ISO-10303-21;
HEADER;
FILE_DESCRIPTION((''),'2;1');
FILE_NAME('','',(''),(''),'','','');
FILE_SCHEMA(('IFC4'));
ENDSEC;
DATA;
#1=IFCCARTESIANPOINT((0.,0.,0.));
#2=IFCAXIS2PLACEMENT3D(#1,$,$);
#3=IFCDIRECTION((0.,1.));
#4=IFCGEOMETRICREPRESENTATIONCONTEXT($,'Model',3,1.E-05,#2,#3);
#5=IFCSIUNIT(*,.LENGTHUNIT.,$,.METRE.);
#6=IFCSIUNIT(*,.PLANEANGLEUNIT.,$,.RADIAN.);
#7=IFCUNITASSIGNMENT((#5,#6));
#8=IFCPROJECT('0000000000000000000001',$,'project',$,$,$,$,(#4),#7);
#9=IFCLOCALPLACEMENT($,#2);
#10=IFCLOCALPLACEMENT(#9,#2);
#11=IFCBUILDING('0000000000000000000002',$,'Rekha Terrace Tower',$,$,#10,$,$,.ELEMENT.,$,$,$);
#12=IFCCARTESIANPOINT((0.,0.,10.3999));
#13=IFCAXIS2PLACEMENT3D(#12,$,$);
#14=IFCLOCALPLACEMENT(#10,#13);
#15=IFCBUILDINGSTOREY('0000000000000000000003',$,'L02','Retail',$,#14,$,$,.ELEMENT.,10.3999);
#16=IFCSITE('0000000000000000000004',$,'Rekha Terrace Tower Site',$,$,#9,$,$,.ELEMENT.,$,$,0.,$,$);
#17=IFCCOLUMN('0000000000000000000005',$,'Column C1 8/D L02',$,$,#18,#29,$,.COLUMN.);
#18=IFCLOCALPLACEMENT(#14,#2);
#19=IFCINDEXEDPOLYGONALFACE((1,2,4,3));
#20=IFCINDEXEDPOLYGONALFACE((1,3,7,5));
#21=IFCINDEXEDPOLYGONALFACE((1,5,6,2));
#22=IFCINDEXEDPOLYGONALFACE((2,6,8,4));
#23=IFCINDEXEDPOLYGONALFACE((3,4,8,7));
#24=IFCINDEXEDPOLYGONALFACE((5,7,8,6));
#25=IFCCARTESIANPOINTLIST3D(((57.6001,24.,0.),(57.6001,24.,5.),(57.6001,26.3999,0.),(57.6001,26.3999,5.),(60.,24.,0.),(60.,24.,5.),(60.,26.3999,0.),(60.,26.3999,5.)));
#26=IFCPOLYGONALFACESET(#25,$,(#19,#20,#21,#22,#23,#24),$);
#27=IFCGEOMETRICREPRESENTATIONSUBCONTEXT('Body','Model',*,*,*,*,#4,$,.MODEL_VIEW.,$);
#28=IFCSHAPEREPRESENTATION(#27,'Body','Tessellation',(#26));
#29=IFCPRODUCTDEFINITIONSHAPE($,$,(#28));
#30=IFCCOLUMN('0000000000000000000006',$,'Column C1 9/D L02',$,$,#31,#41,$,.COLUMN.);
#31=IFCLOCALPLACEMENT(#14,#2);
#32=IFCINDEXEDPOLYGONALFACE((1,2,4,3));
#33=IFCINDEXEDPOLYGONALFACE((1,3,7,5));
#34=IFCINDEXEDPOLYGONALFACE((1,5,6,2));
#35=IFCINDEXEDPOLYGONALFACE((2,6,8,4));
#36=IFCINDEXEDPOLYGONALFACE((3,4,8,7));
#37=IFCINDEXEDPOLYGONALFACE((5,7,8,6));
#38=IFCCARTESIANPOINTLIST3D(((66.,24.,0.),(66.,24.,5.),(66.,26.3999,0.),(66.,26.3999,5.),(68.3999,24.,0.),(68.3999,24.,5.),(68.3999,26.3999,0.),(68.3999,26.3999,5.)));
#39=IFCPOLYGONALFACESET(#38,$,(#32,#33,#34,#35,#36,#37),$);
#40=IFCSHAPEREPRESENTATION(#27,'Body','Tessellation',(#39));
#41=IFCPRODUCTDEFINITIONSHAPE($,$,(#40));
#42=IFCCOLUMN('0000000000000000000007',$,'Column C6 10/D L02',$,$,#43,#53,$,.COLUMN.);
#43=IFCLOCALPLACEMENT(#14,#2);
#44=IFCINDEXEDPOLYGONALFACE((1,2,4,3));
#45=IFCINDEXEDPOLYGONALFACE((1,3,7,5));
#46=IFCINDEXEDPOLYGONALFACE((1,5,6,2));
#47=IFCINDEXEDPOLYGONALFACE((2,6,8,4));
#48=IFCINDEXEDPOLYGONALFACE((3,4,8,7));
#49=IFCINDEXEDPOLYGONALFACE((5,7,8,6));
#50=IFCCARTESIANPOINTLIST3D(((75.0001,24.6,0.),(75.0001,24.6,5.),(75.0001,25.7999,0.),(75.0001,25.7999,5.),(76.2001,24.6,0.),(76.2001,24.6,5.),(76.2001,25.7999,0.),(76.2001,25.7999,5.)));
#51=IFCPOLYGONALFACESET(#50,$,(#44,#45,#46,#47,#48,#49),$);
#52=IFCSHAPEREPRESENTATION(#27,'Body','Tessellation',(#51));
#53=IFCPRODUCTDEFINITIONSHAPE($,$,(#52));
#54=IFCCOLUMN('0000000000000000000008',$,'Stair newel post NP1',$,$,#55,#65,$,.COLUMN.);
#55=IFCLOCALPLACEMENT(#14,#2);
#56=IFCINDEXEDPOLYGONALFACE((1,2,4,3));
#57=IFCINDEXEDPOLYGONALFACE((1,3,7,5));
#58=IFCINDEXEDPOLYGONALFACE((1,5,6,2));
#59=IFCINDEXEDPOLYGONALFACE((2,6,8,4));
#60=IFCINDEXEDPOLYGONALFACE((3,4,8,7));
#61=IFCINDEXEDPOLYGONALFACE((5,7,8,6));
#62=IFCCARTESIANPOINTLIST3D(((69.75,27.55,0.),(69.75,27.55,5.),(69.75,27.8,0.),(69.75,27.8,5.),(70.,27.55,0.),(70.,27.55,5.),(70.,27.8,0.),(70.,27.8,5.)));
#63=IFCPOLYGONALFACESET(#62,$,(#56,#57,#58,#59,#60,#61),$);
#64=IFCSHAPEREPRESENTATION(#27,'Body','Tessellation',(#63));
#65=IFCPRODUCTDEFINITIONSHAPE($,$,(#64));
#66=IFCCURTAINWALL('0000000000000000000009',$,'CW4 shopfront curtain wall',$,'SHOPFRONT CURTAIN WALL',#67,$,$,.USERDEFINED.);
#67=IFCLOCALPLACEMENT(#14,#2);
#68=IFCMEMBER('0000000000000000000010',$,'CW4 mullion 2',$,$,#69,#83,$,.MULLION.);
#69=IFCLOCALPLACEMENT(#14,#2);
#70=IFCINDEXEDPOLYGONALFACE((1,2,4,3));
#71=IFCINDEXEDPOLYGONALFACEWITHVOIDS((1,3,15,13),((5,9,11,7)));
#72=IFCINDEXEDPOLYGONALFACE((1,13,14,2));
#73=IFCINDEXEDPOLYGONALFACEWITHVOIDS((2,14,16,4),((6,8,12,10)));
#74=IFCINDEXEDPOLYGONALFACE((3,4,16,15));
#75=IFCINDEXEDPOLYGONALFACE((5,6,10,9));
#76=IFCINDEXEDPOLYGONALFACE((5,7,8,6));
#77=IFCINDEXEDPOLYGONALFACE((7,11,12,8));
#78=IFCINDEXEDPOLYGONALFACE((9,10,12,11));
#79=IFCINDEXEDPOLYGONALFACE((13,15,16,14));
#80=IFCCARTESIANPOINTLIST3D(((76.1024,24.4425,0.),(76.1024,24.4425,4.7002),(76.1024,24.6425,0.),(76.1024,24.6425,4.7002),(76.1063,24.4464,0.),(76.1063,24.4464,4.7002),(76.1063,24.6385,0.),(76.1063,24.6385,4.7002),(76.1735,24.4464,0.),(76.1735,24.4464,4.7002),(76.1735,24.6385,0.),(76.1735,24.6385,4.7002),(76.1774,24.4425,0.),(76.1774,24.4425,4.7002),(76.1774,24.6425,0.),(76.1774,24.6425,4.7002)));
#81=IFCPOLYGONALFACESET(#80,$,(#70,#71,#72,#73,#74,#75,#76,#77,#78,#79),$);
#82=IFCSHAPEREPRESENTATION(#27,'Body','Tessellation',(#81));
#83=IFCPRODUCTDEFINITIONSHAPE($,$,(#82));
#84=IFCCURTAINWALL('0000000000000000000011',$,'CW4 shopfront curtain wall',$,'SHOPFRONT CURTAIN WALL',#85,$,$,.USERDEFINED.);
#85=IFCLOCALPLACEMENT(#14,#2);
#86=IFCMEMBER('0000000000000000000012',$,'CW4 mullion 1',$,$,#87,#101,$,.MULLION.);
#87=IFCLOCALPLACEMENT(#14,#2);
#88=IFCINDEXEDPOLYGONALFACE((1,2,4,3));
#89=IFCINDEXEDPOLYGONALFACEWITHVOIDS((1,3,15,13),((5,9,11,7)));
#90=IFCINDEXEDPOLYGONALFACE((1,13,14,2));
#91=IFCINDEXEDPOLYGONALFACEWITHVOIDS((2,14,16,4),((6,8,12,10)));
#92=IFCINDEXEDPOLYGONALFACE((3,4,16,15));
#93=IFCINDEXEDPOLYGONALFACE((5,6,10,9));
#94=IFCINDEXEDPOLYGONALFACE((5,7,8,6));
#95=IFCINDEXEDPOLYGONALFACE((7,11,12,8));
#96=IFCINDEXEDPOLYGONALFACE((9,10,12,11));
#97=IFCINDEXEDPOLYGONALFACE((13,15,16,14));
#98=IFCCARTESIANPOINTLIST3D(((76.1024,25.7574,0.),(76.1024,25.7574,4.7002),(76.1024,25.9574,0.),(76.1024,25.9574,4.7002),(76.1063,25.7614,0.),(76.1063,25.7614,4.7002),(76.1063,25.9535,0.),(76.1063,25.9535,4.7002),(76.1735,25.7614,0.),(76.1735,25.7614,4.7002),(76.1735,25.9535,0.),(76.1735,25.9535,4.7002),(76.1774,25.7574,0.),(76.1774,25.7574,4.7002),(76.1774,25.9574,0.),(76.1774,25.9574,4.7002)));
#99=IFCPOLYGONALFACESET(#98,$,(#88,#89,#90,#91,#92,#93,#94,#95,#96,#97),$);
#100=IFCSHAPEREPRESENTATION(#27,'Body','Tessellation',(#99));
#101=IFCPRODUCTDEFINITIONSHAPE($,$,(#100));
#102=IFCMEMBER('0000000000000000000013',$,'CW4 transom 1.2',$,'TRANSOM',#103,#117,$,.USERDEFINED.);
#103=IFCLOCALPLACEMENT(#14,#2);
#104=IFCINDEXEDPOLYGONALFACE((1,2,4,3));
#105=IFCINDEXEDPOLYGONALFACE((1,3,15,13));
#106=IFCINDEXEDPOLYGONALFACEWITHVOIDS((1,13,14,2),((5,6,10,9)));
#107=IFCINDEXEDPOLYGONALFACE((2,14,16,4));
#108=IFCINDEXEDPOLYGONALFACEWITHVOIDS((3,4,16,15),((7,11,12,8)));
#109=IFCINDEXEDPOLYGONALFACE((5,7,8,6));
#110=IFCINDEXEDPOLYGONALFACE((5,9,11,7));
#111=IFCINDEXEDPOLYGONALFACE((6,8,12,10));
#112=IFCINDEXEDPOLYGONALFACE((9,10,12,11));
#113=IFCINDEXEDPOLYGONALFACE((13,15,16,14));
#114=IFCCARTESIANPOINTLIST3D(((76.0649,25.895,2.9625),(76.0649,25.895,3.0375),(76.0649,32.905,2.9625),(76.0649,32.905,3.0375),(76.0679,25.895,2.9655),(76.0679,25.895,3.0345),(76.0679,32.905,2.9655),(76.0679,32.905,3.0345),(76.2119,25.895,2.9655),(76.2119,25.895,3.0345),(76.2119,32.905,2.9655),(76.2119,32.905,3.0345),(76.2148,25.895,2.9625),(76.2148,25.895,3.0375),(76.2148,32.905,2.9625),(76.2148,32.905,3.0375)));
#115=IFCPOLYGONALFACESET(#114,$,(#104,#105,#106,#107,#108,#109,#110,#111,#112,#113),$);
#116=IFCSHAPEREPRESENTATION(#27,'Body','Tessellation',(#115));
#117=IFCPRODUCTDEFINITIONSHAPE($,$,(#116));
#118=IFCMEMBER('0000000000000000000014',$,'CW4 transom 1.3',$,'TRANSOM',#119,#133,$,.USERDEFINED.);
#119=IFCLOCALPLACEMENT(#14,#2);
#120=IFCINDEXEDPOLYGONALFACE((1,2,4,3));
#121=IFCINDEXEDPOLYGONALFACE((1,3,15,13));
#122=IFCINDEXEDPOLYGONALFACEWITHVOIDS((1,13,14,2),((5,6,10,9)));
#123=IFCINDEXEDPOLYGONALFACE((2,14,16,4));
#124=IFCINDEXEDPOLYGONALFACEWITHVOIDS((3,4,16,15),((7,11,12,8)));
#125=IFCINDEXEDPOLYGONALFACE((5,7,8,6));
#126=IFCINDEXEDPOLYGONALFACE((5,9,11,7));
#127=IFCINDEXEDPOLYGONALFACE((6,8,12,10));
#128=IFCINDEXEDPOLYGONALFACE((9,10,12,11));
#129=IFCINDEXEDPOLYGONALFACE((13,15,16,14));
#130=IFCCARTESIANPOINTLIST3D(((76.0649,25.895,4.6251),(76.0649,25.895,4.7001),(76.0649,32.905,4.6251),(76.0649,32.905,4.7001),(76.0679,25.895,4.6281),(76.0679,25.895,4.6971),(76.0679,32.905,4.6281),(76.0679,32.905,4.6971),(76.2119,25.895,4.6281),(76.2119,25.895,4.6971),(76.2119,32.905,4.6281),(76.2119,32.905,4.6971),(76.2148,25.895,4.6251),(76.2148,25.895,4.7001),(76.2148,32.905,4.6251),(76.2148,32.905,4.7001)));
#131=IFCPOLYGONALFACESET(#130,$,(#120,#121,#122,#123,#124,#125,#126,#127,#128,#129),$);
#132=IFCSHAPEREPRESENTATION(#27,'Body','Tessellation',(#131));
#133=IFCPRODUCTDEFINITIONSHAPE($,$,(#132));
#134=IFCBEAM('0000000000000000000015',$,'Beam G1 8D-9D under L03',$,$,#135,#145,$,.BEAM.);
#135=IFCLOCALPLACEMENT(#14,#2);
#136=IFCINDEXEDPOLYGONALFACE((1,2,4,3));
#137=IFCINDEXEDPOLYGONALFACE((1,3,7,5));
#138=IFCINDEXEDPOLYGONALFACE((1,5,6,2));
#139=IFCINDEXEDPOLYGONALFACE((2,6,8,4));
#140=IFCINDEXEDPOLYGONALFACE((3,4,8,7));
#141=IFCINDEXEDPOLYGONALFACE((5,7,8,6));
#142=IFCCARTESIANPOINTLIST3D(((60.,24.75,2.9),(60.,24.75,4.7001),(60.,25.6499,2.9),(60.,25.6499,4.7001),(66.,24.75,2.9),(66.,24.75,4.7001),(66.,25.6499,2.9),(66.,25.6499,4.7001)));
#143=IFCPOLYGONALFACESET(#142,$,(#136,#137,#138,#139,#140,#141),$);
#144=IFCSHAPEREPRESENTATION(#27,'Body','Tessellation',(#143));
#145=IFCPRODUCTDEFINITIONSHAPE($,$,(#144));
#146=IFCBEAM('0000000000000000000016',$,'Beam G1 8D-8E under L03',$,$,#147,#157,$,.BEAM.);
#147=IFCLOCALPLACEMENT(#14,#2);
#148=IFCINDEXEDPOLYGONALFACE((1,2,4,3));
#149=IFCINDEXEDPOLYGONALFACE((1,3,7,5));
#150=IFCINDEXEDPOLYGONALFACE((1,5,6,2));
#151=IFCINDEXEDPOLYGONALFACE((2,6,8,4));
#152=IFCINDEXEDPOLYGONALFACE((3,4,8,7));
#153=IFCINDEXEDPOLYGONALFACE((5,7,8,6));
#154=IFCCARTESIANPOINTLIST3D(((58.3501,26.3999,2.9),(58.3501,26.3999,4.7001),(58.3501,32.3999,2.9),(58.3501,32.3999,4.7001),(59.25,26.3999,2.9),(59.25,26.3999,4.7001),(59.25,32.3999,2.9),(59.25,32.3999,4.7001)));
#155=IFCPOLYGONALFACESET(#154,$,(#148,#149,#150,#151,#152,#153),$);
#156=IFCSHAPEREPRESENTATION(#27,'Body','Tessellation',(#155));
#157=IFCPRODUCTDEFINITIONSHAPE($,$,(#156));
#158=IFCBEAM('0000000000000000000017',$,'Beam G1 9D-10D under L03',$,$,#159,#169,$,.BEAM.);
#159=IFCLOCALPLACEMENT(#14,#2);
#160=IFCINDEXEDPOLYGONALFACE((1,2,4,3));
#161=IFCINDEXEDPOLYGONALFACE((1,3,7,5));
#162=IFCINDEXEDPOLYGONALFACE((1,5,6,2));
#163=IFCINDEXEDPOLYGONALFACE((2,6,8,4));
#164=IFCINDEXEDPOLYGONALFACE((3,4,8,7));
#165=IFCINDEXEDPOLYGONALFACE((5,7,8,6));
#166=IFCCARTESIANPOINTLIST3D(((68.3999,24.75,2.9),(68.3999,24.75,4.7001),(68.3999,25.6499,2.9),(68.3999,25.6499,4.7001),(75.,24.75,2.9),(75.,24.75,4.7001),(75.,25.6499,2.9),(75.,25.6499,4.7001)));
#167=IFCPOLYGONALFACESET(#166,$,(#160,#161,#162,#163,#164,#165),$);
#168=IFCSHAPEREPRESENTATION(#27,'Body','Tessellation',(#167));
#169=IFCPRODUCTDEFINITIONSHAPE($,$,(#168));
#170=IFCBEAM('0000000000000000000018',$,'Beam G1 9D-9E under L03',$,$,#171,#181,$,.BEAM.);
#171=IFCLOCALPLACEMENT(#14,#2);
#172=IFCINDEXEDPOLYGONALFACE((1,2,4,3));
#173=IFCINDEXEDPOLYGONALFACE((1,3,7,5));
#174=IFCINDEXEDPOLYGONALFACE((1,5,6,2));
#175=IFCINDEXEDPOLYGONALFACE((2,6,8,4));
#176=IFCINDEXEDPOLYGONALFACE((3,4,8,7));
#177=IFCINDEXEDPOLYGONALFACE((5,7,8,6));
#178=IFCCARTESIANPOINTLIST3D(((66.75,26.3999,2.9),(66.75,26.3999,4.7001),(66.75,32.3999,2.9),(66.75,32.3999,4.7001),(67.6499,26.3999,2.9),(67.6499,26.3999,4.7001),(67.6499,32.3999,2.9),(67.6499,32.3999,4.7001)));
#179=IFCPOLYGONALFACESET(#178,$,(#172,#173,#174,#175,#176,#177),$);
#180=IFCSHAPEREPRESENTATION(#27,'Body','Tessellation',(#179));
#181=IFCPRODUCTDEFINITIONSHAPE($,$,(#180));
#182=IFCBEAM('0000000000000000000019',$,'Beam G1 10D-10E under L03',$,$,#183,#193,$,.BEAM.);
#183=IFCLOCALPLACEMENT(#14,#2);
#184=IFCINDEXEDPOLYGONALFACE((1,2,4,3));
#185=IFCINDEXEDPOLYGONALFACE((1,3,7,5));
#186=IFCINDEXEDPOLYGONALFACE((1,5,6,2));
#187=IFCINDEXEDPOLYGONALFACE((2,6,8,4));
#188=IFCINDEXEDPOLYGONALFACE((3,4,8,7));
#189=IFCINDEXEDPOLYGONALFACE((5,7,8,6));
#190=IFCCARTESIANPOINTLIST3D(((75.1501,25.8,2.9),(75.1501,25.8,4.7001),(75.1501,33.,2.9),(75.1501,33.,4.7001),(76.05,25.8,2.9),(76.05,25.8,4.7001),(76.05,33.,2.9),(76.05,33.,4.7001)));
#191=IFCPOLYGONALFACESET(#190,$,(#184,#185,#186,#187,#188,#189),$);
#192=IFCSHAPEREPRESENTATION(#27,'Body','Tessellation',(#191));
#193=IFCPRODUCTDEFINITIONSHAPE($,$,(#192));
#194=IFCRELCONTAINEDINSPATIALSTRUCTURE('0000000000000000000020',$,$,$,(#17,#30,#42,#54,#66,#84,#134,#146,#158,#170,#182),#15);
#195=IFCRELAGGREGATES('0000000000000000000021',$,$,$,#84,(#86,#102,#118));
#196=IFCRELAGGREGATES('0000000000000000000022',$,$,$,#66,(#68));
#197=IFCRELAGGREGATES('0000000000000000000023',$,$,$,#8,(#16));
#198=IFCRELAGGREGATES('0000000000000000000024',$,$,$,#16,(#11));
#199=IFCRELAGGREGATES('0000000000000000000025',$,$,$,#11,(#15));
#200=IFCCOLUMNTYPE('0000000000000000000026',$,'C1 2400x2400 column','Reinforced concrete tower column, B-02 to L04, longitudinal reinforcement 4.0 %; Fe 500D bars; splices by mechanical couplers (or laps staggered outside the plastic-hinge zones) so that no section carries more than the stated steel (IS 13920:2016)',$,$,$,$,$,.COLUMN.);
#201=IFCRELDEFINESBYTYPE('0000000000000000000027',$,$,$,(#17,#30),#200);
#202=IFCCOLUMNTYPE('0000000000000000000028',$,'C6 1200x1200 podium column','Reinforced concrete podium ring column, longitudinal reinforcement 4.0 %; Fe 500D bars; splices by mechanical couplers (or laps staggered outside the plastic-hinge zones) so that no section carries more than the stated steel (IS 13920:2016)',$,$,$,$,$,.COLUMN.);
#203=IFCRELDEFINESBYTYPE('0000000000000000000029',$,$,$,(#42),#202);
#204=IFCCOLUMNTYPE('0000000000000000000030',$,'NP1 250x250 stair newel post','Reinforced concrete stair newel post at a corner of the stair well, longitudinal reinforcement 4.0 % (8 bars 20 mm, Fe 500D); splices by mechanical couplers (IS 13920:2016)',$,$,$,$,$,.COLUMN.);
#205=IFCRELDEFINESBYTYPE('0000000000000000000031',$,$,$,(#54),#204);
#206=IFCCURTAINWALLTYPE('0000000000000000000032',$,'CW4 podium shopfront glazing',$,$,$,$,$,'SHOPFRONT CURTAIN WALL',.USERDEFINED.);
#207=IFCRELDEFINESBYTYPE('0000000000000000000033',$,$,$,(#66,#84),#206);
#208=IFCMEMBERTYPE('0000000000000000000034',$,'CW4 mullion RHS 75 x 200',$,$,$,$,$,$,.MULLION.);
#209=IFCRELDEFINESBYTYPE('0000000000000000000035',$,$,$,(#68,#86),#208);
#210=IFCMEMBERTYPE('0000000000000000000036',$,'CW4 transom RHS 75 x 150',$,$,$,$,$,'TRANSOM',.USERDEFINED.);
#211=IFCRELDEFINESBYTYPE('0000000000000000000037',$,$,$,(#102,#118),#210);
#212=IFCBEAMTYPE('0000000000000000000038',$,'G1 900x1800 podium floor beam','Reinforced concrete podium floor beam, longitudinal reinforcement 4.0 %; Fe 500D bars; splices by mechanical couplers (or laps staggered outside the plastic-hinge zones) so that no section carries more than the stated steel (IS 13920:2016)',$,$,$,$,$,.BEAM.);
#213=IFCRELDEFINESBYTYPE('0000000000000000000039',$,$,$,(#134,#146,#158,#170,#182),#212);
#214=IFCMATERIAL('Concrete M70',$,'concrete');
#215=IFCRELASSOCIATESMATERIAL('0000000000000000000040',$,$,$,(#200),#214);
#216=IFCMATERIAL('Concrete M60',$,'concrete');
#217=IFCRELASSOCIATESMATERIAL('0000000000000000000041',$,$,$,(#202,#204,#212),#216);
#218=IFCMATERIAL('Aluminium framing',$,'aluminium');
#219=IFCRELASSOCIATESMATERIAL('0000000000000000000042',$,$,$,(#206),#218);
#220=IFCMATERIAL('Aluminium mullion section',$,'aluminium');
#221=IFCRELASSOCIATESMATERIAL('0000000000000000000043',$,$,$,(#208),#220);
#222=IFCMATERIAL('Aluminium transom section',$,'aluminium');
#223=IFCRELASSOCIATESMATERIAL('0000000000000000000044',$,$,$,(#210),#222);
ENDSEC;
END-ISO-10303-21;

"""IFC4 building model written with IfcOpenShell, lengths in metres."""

from ifc_helpers import new_model, si_unit, direction, frame, origin, origin_2d, place, context, subcontext, project, spatial, rectangle, hollow_rectangle, extrude, material, material_profile, profile_set, type_object, element, aggregate, save


model = new_model("IFC4")

# Units and contexts
model_context = context("Model", 3, precision=1e-05, world=origin(), true_north=direction((0.0, 1.0)))
body_context = subcontext(model_context, "Body", "Model", "MODEL_VIEW")
ifc_project = project(units=[si_unit("LENGTHUNIT", "METRE"), si_unit("PLANEANGLEUNIT", "RADIAN")], contexts=[model_context])

# Site, building, storey
site_placement = place(None, origin())
site = spatial("IfcSite", under=ifc_project, at=site_placement, Name="Rekha Terrace Tower Site", CompositionType="ELEMENT", RefElevation=0.0)
building_placement = place(site_placement, origin())
building = spatial("IfcBuilding", under=site, at=building_placement, Name="Rekha Terrace Tower", CompositionType="ELEMENT")
storey_placement = place(building_placement, frame((0.0, 0.0, 10.3999)))
storey = spatial("IfcBuildingStorey", under=building, at=storey_placement, Name="L02", Description="Retail", CompositionType="ELEMENT", Elevation=10.3999)

# Columns
ifc_material_1 = material(Name="Concrete M70", Category="concrete")
ifc_material_profile_1 = material_profile(ifc_material_1, rectangle(XDim=2.3999, YDim=2.3999, at=origin_2d()), Name="RC 2400x2400")
ifc_profile_set_1 = profile_set([ifc_material_profile_1], Name="Concrete M70")
column_type_1 = type_object("IfcColumnType", Name="C1 2400x2400 column", Description="Reinforced concrete tower column, B-02 to L04, longitudinal reinforcement 4.0 %; Fe 500D bars; splices by mechanical couplers (or laps staggered outside the plastic-hinge zones) so that no section carries more than the stated steel (IS 13920:2016)", PredefinedType="COLUMN", material=ifc_profile_set_1)
for number, where, z_axis, x_axis, name in (
    (1, (58.8, 25.2, 0.0), (0.0, 0.0, 1.0), (1.0, 0.0, 0.0), "Column C1 8/D L02"),
    (2, (67.2, 25.2, 0.0), (0.0, 0.0, 1.0), (1.0, 0.0, 0.0), "Column C1 9/D L02"),
):
    element("IfcColumn", number, at=place(storey_placement, frame(where, z_axis=z_axis, x_axis=x_axis)), inside=storey, type_object=column_type_1, Name=name, PredefinedType="COLUMN", context=body_context, shape_type="SweptSolid", body=[
        extrude(rectangle(XDim=2.3999, YDim=2.3999, at=origin_2d()), origin(), (0.0, 0.0, 1.0), 5.0),
    ])
ifc_material_2 = material(Name="Concrete M60", Category="concrete")
ifc_material_profile_2 = material_profile(ifc_material_2, rectangle(XDim=1.2, YDim=1.2, at=origin_2d()), Name="RC 1200x1200")
ifc_profile_set_2 = profile_set([ifc_material_profile_2], Name="Concrete M60")
column_type_2 = type_object("IfcColumnType", Name="C6 1200x1200 podium column", Description="Reinforced concrete podium ring column, longitudinal reinforcement 4.0 %; Fe 500D bars; splices by mechanical couplers (or laps staggered outside the plastic-hinge zones) so that no section carries more than the stated steel (IS 13920:2016)", PredefinedType="COLUMN", material=ifc_profile_set_2)
column_1_placement = place(storey_placement, frame((75.6001, 25.2, 0.0), z_axis=(0.0, 0.0, 1.0), x_axis=(1.0, 0.0, 0.0)))
element("IfcColumn", 3, at=column_1_placement, inside=storey, type_object=column_type_2, Name="Column C6 10/D L02", PredefinedType="COLUMN", context=body_context, shape_type="SweptSolid", body=[
    extrude(rectangle(XDim=1.2, YDim=1.2, at=origin_2d()), origin(), (0.0, 0.0, 1.0), 5.0),
])
ifc_material_profile_3 = material_profile(ifc_material_2, rectangle(XDim=0.25, YDim=0.25, at=origin_2d()), Name="RC 250x250")
ifc_profile_set_3 = profile_set([ifc_material_profile_3], Name="Concrete M60")
column_type_3 = type_object("IfcColumnType", Name="NP1 250x250 stair newel post", Description="Reinforced concrete stair newel post at a corner of the stair well, longitudinal reinforcement 4.0 % (8 bars 20 mm, Fe 500D); splices by mechanical couplers (IS 13920:2016)", PredefinedType="COLUMN", material=ifc_profile_set_3)
column_2_placement = place(storey_placement, frame((69.875, 27.675, 0.0), z_axis=(0.0, 0.0, 1.0), x_axis=(1.0, 0.0, 0.0)))
element("IfcColumn", 4, at=column_2_placement, inside=storey, type_object=column_type_3, Name="Stair newel post NP1", PredefinedType="COLUMN", context=body_context, shape_type="SweptSolid", body=[
    extrude(rectangle(XDim=0.25, YDim=0.25, at=origin_2d()), origin(), (0.0, 0.0, 1.0), 5.0),
])

# Curtain wall, member
ifc_material_3 = material(Name="Aluminium framing", Category="aluminium")
curtain_wall_type = type_object("IfcCurtainWallType", Name="CW4 podium shopfront glazing", ElementType="SHOPFRONT CURTAIN WALL", PredefinedType="USERDEFINED", material=ifc_material_3)
curtain_wall_1_placement = place(storey_placement, origin())
curtain_wall_1 = element("IfcCurtainWall", 5, at=curtain_wall_1_placement, inside=storey, type_object=curtain_wall_type, Name="CW4 shopfront curtain wall", ObjectType="SHOPFRONT CURTAIN WALL", PredefinedType="USERDEFINED")
ifc_material_4 = material(Name="Aluminium mullion section", Category="aluminium")
ifc_material_profile_4 = material_profile(ifc_material_4, hollow_rectangle(XDim=0.075, YDim=0.2, WallThickness=0.0039, at=origin_2d()), Name="AL RHS 75x200")
ifc_profile_set_4 = profile_set([ifc_material_profile_4], Name="Aluminium mullion section")
member_type_1 = type_object("IfcMemberType", Name="CW4 mullion RHS 75 x 200", PredefinedType="MULLION", material=ifc_profile_set_4)
member_1_placement = place(storey_placement, frame((76.1399, 24.5425, 0.0), z_axis=(0.0, 0.0, 1.0), x_axis=(-1.0, 0.0, 0.0)))
member_1 = element("IfcMember", 6, at=member_1_placement, type_object=member_type_1, Name="CW4 mullion 2", PredefinedType="MULLION", context=body_context, shape_type="SweptSolid", body=[
    extrude(hollow_rectangle(XDim=0.075, YDim=0.2, WallThickness=0.0039, at=origin_2d()), origin(), (0.0, 0.0, 1.0), 4.7002),
])

# Curtain wall, members
curtain_wall_2_placement = place(storey_placement, origin())
curtain_wall_2 = element("IfcCurtainWall", 7, at=curtain_wall_2_placement, inside=storey, type_object=curtain_wall_type, Name="CW4 shopfront curtain wall", ObjectType="SHOPFRONT CURTAIN WALL", PredefinedType="USERDEFINED")
member_2_placement = place(storey_placement, frame((76.1399, 25.8574, 0.0), z_axis=(0.0, 0.0, 1.0), x_axis=(-1.0, 0.0, 0.0)))
member_2 = element("IfcMember", 8, at=member_2_placement, type_object=member_type_1, Name="CW4 mullion 1", PredefinedType="MULLION", context=body_context, shape_type="SweptSolid", body=[
    extrude(hollow_rectangle(XDim=0.075, YDim=0.2, WallThickness=0.0039, at=origin_2d()), origin(), (0.0, 0.0, 1.0), 4.7002),
])
ifc_material_5 = material(Name="Aluminium transom section", Category="aluminium")
ifc_material_profile_5 = material_profile(ifc_material_5, hollow_rectangle(XDim=0.1499, YDim=0.075, WallThickness=0.0029, at=origin_2d()), Name="AL RHS 150x75")
ifc_profile_set_5 = profile_set([ifc_material_profile_5], Name="Aluminium transom section")
member_type_2 = type_object("IfcMemberType", Name="CW4 transom RHS 75 x 150", ElementType="TRANSOM", PredefinedType="USERDEFINED", material=ifc_profile_set_5)
member_3_placement = place(storey_placement, frame((76.1399, 25.895, 3.0), z_axis=(0.0, 1.0, 0.0), x_axis=(-1.0, 0.0, 0.0)))
member_3 = element("IfcMember", 9, at=member_3_placement, type_object=member_type_2, Name="CW4 transom 1.2", ObjectType="TRANSOM", PredefinedType="USERDEFINED", context=body_context, shape_type="SweptSolid", body=[
    extrude(hollow_rectangle(XDim=0.1499, YDim=0.075, WallThickness=0.0029, at=origin_2d()), origin(), (0.0, 0.0, 1.0), 7.01),
])
member_4_placement = place(storey_placement, frame((76.1399, 25.895, 4.6626), z_axis=(0.0, 1.0, 0.0), x_axis=(-1.0, 0.0, 0.0)))
member_4 = element("IfcMember", 10, at=member_4_placement, type_object=member_type_2, Name="CW4 transom 1.3", ObjectType="TRANSOM", PredefinedType="USERDEFINED", context=body_context, shape_type="SweptSolid", body=[
    extrude(hollow_rectangle(XDim=0.1499, YDim=0.075, WallThickness=0.0029, at=origin_2d()), origin(), (0.0, 0.0, 1.0), 7.01),
])
aggregate(curtain_wall_2, [member_2, member_3, member_4])

# Beams
ifc_material_profile_6 = material_profile(ifc_material_2, rectangle(XDim=0.8999, YDim=1.8, at=origin_2d()), Name="RC 900x1800")
ifc_profile_set_6 = profile_set([ifc_material_profile_6], Name="Concrete M60")
beam_type = type_object("IfcBeamType", Name="G1 900x1800 podium floor beam", Description="Reinforced concrete podium floor beam, longitudinal reinforcement 4.0 %; Fe 500D bars; splices by mechanical couplers (or laps staggered outside the plastic-hinge zones) so that no section carries more than the stated steel (IS 13920:2016)", PredefinedType="BEAM", material=ifc_profile_set_6)
for number, where, z_axis, x_axis, name in (
    (11, (60.0, 25.2, 3.8), (1.0, 0.0, 0.0), (0.0, 1.0, 0.0), "Beam G1 8D-9D under L03"),
    (12, (58.8, 26.3999, 3.8), (0.0, 1.0, 0.0), (-1.0, 0.0, 0.0), "Beam G1 8D-8E under L03"),
):
    element("IfcBeam", number, at=place(storey_placement, frame(where, z_axis=z_axis, x_axis=x_axis)), inside=storey, type_object=beam_type, Name=name, PredefinedType="BEAM", context=body_context, shape_type="SweptSolid", body=[
        extrude(rectangle(XDim=0.8999, YDim=1.8, at=origin_2d()), origin(), (0.0, 0.0, 1.0), 6.0),
    ])
beam_1_placement = place(storey_placement, frame((68.3999, 25.2, 3.8), z_axis=(1.0, 0.0, 0.0), x_axis=(0.0, 1.0, 0.0)))
element("IfcBeam", 13, at=beam_1_placement, inside=storey, type_object=beam_type, Name="Beam G1 9D-10D under L03", PredefinedType="BEAM", context=body_context, shape_type="SweptSolid", body=[
    extrude(rectangle(XDim=0.8999, YDim=1.8, at=origin_2d()), origin(), (0.0, 0.0, 1.0), 6.6001),
])
beam_2_placement = place(storey_placement, frame((67.2, 26.3999, 3.8), z_axis=(0.0, 1.0, 0.0), x_axis=(-1.0, 0.0, 0.0)))
element("IfcBeam", 14, at=beam_2_placement, inside=storey, type_object=beam_type, Name="Beam G1 9D-9E under L03", PredefinedType="BEAM", context=body_context, shape_type="SweptSolid", body=[
    extrude(rectangle(XDim=0.8999, YDim=1.8, at=origin_2d()), origin(), (0.0, 0.0, 1.0), 6.0),
])
beam_3_placement = place(storey_placement, frame((75.6001, 25.8, 3.8), z_axis=(0.0, 1.0, 0.0), x_axis=(-1.0, 0.0, 0.0)))
element("IfcBeam", 15, at=beam_3_placement, inside=storey, type_object=beam_type, Name="Beam G1 10D-10E under L03", PredefinedType="BEAM", context=body_context, shape_type="SweptSolid", body=[
    extrude(rectangle(XDim=0.8999, YDim=1.8, at=origin_2d()), origin(), (0.0, 0.0, 1.0), 7.2),
])

aggregate(curtain_wall_1, [member_1])

save(model, "model.ifc")
